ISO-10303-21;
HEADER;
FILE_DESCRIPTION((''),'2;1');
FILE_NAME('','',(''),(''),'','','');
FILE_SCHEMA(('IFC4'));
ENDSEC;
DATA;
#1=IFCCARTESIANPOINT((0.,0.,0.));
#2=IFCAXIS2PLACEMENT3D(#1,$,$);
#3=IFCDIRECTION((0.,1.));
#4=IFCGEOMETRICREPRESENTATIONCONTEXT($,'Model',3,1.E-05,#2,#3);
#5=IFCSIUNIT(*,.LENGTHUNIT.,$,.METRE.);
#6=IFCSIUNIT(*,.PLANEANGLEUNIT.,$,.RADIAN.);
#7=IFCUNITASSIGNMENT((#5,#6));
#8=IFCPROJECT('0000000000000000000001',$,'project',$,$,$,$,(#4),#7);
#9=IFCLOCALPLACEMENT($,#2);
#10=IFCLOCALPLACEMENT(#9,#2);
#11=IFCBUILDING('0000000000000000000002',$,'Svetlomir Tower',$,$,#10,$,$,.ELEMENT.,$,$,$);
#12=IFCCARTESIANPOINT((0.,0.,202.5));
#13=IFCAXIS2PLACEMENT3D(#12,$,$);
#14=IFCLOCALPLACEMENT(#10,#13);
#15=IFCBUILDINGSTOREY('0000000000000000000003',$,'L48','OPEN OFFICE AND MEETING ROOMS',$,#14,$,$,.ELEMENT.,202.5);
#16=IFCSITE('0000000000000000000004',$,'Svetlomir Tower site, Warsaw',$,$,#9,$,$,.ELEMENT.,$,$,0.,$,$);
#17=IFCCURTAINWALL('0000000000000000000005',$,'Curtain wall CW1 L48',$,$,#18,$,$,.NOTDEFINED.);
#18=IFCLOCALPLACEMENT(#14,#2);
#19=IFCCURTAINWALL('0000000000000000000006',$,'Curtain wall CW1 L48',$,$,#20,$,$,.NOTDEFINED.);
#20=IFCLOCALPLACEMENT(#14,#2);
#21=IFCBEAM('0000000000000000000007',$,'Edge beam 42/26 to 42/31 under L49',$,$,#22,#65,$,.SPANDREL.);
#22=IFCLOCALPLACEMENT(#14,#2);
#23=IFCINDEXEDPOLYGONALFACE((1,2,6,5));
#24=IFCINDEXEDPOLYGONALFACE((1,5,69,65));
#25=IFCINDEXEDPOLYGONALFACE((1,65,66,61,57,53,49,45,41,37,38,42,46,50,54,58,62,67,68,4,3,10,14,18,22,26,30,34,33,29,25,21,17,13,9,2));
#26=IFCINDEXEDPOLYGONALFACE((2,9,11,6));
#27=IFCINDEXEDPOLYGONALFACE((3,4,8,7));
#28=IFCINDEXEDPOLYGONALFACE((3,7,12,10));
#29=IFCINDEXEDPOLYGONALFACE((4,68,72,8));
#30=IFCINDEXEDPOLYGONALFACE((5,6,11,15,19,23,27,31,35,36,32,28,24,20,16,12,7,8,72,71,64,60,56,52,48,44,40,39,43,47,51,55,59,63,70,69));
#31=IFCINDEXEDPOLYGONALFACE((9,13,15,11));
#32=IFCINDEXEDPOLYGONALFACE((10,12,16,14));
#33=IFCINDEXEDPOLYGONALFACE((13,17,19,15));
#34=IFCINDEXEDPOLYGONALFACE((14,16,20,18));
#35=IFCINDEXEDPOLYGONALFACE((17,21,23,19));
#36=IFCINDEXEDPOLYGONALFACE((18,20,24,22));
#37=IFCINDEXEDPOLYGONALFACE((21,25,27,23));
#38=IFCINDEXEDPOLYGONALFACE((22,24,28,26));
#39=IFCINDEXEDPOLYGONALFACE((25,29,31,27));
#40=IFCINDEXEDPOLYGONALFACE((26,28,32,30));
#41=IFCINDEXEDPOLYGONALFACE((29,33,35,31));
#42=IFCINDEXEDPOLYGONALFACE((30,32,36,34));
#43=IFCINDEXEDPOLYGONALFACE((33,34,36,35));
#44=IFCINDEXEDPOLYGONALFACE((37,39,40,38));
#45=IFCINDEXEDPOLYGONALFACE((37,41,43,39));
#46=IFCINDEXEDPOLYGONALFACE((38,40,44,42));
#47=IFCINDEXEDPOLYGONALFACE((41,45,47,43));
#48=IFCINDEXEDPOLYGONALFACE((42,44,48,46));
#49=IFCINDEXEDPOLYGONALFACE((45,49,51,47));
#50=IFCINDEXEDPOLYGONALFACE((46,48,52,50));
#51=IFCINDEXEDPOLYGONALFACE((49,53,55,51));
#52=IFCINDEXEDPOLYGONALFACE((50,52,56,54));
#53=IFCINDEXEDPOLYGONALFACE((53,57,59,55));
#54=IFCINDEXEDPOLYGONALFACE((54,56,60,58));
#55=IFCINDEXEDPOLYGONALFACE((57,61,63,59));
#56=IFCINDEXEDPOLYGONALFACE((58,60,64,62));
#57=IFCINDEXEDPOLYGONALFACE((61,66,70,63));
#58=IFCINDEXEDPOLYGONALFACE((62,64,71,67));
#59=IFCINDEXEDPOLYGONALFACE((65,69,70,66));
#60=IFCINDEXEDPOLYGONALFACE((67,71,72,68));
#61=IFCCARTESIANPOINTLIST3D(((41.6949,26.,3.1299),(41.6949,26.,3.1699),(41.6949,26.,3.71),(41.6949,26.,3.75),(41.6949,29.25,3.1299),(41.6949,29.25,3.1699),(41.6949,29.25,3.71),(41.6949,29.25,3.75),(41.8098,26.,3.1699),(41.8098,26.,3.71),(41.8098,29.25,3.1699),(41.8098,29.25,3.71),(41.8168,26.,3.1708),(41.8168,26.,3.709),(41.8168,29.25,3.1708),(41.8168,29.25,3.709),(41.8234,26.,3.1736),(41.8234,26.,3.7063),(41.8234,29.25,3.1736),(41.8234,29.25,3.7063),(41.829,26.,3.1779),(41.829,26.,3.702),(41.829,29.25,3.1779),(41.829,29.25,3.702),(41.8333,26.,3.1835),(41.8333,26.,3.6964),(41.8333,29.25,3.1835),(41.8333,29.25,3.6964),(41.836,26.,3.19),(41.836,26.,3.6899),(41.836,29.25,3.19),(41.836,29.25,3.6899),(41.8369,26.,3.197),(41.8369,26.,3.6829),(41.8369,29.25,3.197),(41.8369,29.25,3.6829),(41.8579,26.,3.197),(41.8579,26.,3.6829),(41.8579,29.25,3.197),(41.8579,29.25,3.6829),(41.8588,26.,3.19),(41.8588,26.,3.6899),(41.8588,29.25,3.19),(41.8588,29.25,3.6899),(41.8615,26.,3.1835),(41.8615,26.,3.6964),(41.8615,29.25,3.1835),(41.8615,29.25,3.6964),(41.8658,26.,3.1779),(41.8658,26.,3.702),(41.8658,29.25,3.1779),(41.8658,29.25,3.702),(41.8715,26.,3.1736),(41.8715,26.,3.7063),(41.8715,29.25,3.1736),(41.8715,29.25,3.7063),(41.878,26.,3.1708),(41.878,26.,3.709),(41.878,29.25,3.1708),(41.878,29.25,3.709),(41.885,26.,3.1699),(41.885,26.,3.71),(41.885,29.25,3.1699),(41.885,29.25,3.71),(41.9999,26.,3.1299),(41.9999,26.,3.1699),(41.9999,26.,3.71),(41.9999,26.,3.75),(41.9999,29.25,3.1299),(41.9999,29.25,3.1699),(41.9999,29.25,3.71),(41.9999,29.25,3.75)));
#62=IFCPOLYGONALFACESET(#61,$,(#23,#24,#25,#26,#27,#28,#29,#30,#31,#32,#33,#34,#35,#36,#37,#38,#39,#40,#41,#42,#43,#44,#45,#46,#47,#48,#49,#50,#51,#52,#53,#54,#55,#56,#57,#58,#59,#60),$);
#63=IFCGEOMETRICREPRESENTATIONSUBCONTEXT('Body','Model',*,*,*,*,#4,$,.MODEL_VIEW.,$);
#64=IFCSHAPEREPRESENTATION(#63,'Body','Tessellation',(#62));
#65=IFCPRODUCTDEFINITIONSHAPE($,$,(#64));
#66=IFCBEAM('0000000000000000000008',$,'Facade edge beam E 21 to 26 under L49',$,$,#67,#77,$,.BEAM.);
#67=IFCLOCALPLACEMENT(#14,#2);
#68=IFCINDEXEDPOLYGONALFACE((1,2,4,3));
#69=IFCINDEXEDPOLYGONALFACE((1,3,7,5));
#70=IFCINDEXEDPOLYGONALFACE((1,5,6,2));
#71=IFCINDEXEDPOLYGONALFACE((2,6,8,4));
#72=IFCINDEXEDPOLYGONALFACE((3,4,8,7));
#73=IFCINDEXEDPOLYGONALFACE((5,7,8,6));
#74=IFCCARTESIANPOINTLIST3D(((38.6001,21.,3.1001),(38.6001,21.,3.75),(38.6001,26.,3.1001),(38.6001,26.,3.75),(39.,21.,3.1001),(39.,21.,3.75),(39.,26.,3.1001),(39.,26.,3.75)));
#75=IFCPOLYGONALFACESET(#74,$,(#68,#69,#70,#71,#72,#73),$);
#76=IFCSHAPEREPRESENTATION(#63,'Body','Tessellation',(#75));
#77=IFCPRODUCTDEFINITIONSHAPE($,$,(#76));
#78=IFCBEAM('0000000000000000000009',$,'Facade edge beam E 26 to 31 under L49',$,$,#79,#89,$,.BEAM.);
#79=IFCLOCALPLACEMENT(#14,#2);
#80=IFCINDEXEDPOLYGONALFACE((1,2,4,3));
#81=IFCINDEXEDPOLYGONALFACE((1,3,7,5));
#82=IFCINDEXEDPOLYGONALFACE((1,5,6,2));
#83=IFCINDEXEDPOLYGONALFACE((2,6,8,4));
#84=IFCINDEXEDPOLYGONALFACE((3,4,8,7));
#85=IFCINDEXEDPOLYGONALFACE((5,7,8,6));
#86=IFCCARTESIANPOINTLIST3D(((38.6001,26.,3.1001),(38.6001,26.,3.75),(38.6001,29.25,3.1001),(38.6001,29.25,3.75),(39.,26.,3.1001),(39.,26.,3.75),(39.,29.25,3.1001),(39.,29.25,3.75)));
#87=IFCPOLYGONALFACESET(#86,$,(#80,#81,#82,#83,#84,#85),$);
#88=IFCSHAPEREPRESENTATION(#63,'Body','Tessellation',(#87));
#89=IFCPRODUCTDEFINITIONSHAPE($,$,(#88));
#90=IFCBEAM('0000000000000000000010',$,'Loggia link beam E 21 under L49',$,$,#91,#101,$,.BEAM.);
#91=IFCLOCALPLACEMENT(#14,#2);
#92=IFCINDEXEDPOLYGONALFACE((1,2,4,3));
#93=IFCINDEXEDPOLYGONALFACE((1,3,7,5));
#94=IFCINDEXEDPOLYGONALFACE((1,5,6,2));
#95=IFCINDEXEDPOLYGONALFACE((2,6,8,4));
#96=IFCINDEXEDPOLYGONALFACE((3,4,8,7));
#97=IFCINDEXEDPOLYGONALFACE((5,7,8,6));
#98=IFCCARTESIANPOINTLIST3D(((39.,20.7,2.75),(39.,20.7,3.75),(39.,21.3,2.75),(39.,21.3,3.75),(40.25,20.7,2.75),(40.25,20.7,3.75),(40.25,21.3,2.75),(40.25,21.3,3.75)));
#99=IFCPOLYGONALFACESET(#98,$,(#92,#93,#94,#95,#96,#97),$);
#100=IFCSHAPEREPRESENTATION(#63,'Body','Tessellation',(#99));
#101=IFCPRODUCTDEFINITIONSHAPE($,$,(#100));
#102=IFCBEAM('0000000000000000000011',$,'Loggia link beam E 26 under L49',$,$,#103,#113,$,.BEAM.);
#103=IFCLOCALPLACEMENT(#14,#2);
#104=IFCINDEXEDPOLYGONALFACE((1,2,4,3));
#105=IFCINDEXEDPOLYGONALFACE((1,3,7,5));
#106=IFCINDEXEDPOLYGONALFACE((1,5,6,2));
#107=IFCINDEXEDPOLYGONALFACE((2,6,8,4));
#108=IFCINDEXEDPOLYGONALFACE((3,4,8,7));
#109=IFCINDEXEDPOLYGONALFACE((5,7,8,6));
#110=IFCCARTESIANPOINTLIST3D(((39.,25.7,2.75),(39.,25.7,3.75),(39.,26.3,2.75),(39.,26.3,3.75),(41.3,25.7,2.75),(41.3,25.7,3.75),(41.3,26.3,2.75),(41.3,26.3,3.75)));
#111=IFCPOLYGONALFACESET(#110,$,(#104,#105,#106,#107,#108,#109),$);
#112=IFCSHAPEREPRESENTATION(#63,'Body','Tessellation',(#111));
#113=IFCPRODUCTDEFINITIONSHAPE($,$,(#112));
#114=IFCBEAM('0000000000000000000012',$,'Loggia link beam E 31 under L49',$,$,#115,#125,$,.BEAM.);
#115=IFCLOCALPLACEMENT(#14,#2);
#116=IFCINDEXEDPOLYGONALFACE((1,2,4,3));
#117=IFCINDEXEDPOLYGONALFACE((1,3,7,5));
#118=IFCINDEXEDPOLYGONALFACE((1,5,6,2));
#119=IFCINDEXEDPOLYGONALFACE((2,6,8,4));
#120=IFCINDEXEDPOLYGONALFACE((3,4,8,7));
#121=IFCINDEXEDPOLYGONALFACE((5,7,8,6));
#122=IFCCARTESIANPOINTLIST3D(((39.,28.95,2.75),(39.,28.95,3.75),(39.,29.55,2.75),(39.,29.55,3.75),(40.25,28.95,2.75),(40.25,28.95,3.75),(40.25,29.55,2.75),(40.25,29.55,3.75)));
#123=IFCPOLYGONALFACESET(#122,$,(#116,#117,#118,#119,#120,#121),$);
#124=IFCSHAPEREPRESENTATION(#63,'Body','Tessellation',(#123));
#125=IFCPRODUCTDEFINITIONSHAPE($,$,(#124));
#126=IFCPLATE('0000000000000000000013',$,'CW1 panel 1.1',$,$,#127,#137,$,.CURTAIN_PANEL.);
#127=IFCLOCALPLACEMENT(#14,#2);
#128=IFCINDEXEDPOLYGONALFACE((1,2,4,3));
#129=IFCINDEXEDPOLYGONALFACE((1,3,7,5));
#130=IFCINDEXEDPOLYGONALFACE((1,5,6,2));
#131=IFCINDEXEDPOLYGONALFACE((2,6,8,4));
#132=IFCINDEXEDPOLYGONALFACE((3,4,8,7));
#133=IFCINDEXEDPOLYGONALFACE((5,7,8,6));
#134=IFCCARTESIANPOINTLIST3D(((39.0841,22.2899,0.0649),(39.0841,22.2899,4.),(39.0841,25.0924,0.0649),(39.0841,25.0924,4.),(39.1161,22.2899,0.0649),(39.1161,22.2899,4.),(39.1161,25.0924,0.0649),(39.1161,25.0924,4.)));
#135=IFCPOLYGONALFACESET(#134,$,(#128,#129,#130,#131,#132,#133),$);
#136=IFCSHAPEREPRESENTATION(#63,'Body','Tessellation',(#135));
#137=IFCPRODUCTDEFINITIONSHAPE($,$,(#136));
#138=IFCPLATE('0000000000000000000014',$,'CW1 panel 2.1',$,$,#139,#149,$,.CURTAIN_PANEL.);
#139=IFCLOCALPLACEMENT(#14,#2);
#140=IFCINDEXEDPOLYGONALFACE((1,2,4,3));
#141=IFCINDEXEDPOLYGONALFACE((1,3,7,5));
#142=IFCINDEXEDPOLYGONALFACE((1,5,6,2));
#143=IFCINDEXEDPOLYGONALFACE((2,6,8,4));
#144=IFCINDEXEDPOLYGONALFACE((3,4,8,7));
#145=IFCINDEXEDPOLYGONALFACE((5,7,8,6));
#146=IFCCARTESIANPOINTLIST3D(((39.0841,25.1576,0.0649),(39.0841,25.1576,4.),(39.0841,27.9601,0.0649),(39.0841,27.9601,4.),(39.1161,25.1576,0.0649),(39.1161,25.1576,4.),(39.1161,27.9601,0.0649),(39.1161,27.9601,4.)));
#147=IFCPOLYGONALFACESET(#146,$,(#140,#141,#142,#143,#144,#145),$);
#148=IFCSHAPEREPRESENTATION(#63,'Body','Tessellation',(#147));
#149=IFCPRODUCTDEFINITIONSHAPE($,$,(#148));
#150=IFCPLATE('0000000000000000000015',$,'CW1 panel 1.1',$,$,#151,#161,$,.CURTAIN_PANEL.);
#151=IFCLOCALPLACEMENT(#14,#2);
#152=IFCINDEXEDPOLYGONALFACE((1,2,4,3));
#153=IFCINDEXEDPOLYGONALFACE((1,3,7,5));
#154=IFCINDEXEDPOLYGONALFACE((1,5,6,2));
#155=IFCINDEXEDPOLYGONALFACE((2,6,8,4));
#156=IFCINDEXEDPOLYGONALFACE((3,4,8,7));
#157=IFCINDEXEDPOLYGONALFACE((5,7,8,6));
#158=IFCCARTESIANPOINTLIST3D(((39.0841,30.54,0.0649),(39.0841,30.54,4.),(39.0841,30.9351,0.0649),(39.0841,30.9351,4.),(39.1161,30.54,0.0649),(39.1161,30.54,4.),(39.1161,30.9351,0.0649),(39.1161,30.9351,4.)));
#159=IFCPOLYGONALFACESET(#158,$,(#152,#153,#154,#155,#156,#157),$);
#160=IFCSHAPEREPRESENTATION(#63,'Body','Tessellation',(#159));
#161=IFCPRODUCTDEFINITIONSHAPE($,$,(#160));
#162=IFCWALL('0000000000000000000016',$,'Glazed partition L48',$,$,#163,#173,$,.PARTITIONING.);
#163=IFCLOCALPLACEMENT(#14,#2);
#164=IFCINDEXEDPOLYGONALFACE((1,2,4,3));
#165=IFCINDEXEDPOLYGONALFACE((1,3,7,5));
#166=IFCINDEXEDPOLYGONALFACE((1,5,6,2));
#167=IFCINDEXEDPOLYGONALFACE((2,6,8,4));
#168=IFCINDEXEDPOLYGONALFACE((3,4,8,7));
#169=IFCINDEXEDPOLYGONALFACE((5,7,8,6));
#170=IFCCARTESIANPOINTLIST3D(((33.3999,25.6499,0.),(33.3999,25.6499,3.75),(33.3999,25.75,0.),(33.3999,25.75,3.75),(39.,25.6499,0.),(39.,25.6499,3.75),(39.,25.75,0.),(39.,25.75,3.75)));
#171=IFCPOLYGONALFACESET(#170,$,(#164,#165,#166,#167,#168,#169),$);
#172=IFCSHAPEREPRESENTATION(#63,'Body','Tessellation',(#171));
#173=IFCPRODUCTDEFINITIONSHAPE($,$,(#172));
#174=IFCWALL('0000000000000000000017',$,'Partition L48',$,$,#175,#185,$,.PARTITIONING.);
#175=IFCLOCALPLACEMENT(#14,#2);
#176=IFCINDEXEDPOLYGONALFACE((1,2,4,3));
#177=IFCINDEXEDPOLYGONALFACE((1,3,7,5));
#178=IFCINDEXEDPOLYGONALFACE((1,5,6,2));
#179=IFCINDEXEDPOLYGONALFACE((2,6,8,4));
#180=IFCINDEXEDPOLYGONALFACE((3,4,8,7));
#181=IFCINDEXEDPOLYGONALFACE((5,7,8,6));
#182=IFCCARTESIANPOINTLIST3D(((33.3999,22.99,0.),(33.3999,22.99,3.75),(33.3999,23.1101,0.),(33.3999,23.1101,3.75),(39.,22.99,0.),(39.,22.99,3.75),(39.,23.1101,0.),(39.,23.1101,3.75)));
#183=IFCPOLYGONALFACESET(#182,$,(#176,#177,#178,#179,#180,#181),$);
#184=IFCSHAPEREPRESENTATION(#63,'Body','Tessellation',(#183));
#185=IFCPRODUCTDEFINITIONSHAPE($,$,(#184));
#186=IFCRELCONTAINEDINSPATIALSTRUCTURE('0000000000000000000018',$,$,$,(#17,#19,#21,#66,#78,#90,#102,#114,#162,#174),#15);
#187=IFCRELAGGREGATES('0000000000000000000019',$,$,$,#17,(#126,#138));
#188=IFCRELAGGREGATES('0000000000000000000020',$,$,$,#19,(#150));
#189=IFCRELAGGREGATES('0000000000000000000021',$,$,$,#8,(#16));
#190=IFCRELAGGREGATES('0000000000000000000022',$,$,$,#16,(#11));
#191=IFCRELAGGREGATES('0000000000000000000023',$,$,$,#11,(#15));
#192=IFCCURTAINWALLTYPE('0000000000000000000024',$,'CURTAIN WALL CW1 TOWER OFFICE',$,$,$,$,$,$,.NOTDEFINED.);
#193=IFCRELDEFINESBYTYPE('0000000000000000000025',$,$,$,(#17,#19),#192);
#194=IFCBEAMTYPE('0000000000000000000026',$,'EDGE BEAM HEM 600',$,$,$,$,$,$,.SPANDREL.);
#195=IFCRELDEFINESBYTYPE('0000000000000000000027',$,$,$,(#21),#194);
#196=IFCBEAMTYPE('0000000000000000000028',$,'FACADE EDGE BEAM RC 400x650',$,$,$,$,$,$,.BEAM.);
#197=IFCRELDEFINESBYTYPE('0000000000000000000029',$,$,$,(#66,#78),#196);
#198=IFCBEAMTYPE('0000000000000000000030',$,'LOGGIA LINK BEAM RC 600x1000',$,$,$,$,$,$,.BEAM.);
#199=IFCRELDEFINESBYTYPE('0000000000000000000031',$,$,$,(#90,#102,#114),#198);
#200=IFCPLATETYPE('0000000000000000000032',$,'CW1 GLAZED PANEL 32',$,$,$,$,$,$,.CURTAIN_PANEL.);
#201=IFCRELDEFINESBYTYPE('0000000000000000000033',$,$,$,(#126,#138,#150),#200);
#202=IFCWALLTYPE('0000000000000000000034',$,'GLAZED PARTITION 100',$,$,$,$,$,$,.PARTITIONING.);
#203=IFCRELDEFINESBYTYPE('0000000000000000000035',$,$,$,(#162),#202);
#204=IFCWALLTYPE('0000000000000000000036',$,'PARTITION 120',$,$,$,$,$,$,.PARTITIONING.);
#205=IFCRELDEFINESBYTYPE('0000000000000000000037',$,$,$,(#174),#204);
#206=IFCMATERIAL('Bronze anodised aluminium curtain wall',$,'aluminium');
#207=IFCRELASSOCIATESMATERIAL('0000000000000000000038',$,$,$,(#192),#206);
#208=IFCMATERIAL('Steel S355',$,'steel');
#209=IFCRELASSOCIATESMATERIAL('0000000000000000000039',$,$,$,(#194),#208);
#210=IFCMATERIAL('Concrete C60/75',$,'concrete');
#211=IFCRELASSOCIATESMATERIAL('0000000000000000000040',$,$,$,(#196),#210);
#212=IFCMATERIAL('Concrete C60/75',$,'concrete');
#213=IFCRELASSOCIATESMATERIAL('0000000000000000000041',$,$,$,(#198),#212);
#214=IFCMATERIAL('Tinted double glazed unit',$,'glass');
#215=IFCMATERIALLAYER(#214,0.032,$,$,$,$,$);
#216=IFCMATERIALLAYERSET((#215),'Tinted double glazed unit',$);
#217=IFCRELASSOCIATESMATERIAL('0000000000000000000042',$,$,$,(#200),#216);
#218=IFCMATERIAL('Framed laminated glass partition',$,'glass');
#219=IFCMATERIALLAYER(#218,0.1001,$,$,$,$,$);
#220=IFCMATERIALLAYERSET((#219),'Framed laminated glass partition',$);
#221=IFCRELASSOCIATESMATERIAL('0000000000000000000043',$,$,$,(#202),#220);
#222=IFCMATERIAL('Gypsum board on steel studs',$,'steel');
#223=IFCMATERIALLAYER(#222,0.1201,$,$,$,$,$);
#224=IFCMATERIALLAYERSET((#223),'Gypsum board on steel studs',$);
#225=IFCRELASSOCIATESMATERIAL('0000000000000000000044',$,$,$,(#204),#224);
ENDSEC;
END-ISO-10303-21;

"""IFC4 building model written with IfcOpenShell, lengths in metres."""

from ifc_helpers import new_model, si_unit, direction, frame, frame_2d, origin, origin_2d, place, context, subcontext, project, spatial, rectangle, i_section, extrude, material, layer, layer_set, material_profile, profile_set, type_object, element, aggregate, save


model = new_model("IFC4")

# Units and contexts
model_context = context("Model", 3, precision=1e-05, world=origin(), true_north=direction((0.0, 1.0)))
body_context = subcontext(model_context, "Body", "Model", "MODEL_VIEW")
ifc_project = project(units=[si_unit("LENGTHUNIT", "METRE"), si_unit("PLANEANGLEUNIT", "RADIAN")], contexts=[model_context])

# Site, building, storey
site_placement = place(None, origin())
site = spatial("IfcSite", under=ifc_project, at=site_placement, Name="Svetlomir Tower site, Warsaw", CompositionType="ELEMENT", RefElevation=0.0)
building_placement = place(site_placement, origin())
building = spatial("IfcBuilding", under=site, at=building_placement, Name="Svetlomir Tower", CompositionType="ELEMENT")
storey_placement = place(building_placement, frame((0.0, 0.0, 202.5)))
storey = spatial("IfcBuildingStorey", under=building, at=storey_placement, Name="L48", Description="OPEN OFFICE AND MEETING ROOMS", CompositionType="ELEMENT", Elevation=202.5)

# Curtain walls
ifc_material_1 = material(Name="Bronze anodised aluminium curtain wall", Category="aluminium")
curtain_wall_type = type_object("IfcCurtainWallType", Name="CURTAIN WALL CW1 TOWER OFFICE", PredefinedType="NOTDEFINED", material=ifc_material_1)
curtain_wall_1_placement = place(storey_placement, origin())
curtain_wall_1 = element("IfcCurtainWall", 1, at=curtain_wall_1_placement, inside=storey, type_object=curtain_wall_type, Name="Curtain wall CW1 L48", PredefinedType="NOTDEFINED")
curtain_wall_2_placement = place(storey_placement, origin())
curtain_wall_2 = element("IfcCurtainWall", 2, at=curtain_wall_2_placement, inside=storey, type_object=curtain_wall_type, Name="Curtain wall CW1 L48", PredefinedType="NOTDEFINED")

# Beams
ifc_material_2 = material(Name="Steel S355", Category="steel")
ifc_material_profile_1 = material_profile(ifc_material_2, i_section(OverallWidth=0.3049, OverallDepth=0.6201, WebThickness=0.021, FlangeThickness=0.04, FilletRadius=0.0271, at=origin_2d()), Name="HEM 600")
ifc_profile_set_1 = profile_set([ifc_material_profile_1], Name="Steel S355")
beam_type_1 = type_object("IfcBeamType", Name="EDGE BEAM HEM 600", PredefinedType="SPANDREL", material=ifc_profile_set_1)
beam_1_placement = place(storey_placement, frame((41.8474, 26.0, 3.4399), z_axis=(0.0, 1.0, 0.0), x_axis=(-1.0, 0.0, 0.0)))
element("IfcBeam", 3, at=beam_1_placement, inside=storey, type_object=beam_type_1, Name="Edge beam 42/26 to 42/31 under L49", PredefinedType="SPANDREL", context=body_context, shape_type="SweptSolid", body=[
    extrude(i_section(OverallWidth=0.3049, OverallDepth=0.6201, WebThickness=0.021, FlangeThickness=0.04, FilletRadius=0.0271, at=origin_2d()), origin(), (0.0, 0.0, 1.0), 3.25),
])
ifc_material_3 = material(Name="Concrete C60/75", Category="concrete")
ifc_material_profile_2 = material_profile(ifc_material_3, rectangle(XDim=0.3999, YDim=0.6499, at=origin_2d()), Name="RC 400x650")
ifc_profile_set_2 = profile_set([ifc_material_profile_2], Name="Concrete C60/75")
beam_type_2 = type_object("IfcBeamType", Name="FACADE EDGE BEAM RC 400x650", PredefinedType="BEAM", material=ifc_profile_set_2)
beam_2_placement = place(storey_placement, frame((38.8, 21.0, 3.425), z_axis=(0.0, 1.0, 0.0), x_axis=(-1.0, 0.0, 0.0)))
element("IfcBeam", 4, at=beam_2_placement, inside=storey, type_object=beam_type_2, Name="Facade edge beam E 21 to 26 under L49", PredefinedType="BEAM", context=body_context, shape_type="SweptSolid", body=[
    extrude(rectangle(XDim=0.3999, YDim=0.6499, at=origin_2d()), origin(), (0.0, 0.0, 1.0), 5.0),
])
beam_3_placement = place(storey_placement, frame((38.8, 26.0, 3.425), z_axis=(0.0, 1.0, 0.0), x_axis=(-1.0, 0.0, 0.0)))
element("IfcBeam", 5, at=beam_3_placement, inside=storey, type_object=beam_type_2, Name="Facade edge beam E 26 to 31 under L49", PredefinedType="BEAM", context=body_context, shape_type="SweptSolid", body=[
    extrude(rectangle(XDim=0.3999, YDim=0.6499, at=origin_2d()), origin(), (0.0, 0.0, 1.0), 3.25),
])
ifc_material_4 = material(Name="Concrete C60/75", Category="concrete")
ifc_material_profile_3 = material_profile(ifc_material_4, rectangle(XDim=0.6001, YDim=1.0, at=origin_2d()), Name="RC 600x1000")
ifc_profile_set_3 = profile_set([ifc_material_profile_3], Name="Concrete C60/75")
beam_type_3 = type_object("IfcBeamType", Name="LOGGIA LINK BEAM RC 600x1000", PredefinedType="BEAM", material=ifc_profile_set_3)
beam_4_placement = place(storey_placement, frame((40.25, 21.0, 3.25), z_axis=(-1.0, 0.0, 0.0), x_axis=(0.0, -1.0, 0.0)))
element("IfcBeam", 6, at=beam_4_placement, inside=storey, type_object=beam_type_3, Name="Loggia link beam E 21 under L49", PredefinedType="BEAM", context=body_context, shape_type="SweptSolid", body=[
    extrude(rectangle(XDim=0.6001, YDim=1.0, at=origin_2d()), origin(), (0.0, 0.0, 1.0), 1.25),
])
beam_5_placement = place(storey_placement, frame((41.3, 26.0, 3.25), z_axis=(-1.0, 0.0, 0.0), x_axis=(0.0, -1.0, 0.0)))
element("IfcBeam", 7, at=beam_5_placement, inside=storey, type_object=beam_type_3, Name="Loggia link beam E 26 under L49", PredefinedType="BEAM", context=body_context, shape_type="SweptSolid", body=[
    extrude(rectangle(XDim=0.6001, YDim=1.0, at=origin_2d()), origin(), (0.0, 0.0, 1.0), 2.3),
])
beam_6_placement = place(storey_placement, frame((40.25, 29.25, 3.25), z_axis=(-1.0, 0.0, 0.0), x_axis=(0.0, -1.0, 0.0)))
element("IfcBeam", 8, at=beam_6_placement, inside=storey, type_object=beam_type_3, Name="Loggia link beam E 31 under L49", PredefinedType="BEAM", context=body_context, shape_type="SweptSolid", body=[
    extrude(rectangle(XDim=0.6001, YDim=1.0, at=origin_2d()), origin(), (0.0, 0.0, 1.0), 1.25),
])

# Plates
ifc_material_5 = material(Name="Tinted double glazed unit", Category="glass")
ifc_layer_1 = layer(ifc_material_5, 0.032)
ifc_layer_set_1 = layer_set([ifc_layer_1], Name="Tinted double glazed unit")
plate_type = type_object("IfcPlateType", Name="CW1 GLAZED PANEL 32", PredefinedType="CURTAIN_PANEL", material=ifc_layer_set_1)
plate_1_placement = place(storey_placement, frame((39.1001, 23.6912, 0.0649), z_axis=(0.0, 0.0, 1.0), x_axis=(0.0, 1.0, 0.0)))
plate_1 = element("IfcPlate", 9, at=plate_1_placement, type_object=plate_type, Name="CW1 panel 1.1", PredefinedType="CURTAIN_PANEL", context=body_context, shape_type="SweptSolid", body=[
    extrude(rectangle(XDim=2.8025, YDim=0.032, at=origin_2d()), origin(), (0.0, 0.0, 1.0), 3.9351),
])
plate_2_placement = place(storey_placement, frame((39.1001, 26.5588, 0.0649), z_axis=(0.0, 0.0, 1.0), x_axis=(0.0, 1.0, 0.0)))
plate_2 = element("IfcPlate", 10, at=plate_2_placement, type_object=plate_type, Name="CW1 panel 2.1", PredefinedType="CURTAIN_PANEL", context=body_context, shape_type="SweptSolid", body=[
    extrude(rectangle(XDim=2.8025, YDim=0.032, at=origin_2d()), origin(), (0.0, 0.0, 1.0), 3.9351),
])
aggregate(curtain_wall_1, [plate_1, plate_2])
plate_3_placement = place(storey_placement, frame((39.1001, 30.7375, 0.0649), z_axis=(0.0, 0.0, 1.0), x_axis=(0.0, 1.0, 0.0)))
plate_3 = element("IfcPlate", 11, at=plate_3_placement, type_object=plate_type, Name="CW1 panel 1.1", PredefinedType="CURTAIN_PANEL", context=body_context, shape_type="SweptSolid", body=[
    extrude(rectangle(XDim=0.395, YDim=0.032, at=origin_2d()), origin(), (0.0, 0.0, 1.0), 3.9351),
])
aggregate(curtain_wall_2, [plate_3])

# Shared definitions
ifc_material_6 = material(Name="Framed laminated glass partition", Category="glass")
ifc_layer_2 = layer(ifc_material_6, 0.1001)
ifc_layer_set_2 = layer_set([ifc_layer_2], Name="Framed laminated glass partition")
wall_type_1 = type_object("IfcWallType", Name="GLAZED PARTITION 100", PredefinedType="PARTITIONING", material=ifc_layer_set_2)

# Walls
wall_1_placement = place(storey_placement, frame((33.3999, 25.7, 0.0), z_axis=(0.0, 0.0, 1.0), x_axis=(1.0, 0.0, 0.0)))
element("IfcWall", 12, at=wall_1_placement, inside=storey, type_object=wall_type_1, Name="Glazed partition L48", PredefinedType="PARTITIONING", context=body_context, shape_type="SweptSolid", body=[
    extrude(rectangle(XDim=5.6001, YDim=0.1001, at=frame_2d((2.8, 0.0))), origin(), (0.0, 0.0, 1.0), 3.75),
])
ifc_material_7 = material(Name="Gypsum board on steel studs", Category="steel")
ifc_layer_3 = layer(ifc_material_7, 0.1201)
ifc_layer_set_3 = layer_set([ifc_layer_3], Name="Gypsum board on steel studs")
wall_type_2 = type_object("IfcWallType", Name="PARTITION 120", PredefinedType="PARTITIONING", material=ifc_layer_set_3)
wall_2_placement = place(storey_placement, frame((33.3999, 23.05, 0.0), z_axis=(0.0, 0.0, 1.0), x_axis=(1.0, 0.0, 0.0)))
element("IfcWall", 13, at=wall_2_placement, inside=storey, type_object=wall_type_2, Name="Partition L48", PredefinedType="PARTITIONING", context=body_context, shape_type="SweptSolid", body=[
    extrude(rectangle(XDim=5.6001, YDim=0.1201, at=frame_2d((2.8, 0.0))), origin(), (0.0, 0.0, 1.0), 3.75),
])

save(model, "model.ifc")
